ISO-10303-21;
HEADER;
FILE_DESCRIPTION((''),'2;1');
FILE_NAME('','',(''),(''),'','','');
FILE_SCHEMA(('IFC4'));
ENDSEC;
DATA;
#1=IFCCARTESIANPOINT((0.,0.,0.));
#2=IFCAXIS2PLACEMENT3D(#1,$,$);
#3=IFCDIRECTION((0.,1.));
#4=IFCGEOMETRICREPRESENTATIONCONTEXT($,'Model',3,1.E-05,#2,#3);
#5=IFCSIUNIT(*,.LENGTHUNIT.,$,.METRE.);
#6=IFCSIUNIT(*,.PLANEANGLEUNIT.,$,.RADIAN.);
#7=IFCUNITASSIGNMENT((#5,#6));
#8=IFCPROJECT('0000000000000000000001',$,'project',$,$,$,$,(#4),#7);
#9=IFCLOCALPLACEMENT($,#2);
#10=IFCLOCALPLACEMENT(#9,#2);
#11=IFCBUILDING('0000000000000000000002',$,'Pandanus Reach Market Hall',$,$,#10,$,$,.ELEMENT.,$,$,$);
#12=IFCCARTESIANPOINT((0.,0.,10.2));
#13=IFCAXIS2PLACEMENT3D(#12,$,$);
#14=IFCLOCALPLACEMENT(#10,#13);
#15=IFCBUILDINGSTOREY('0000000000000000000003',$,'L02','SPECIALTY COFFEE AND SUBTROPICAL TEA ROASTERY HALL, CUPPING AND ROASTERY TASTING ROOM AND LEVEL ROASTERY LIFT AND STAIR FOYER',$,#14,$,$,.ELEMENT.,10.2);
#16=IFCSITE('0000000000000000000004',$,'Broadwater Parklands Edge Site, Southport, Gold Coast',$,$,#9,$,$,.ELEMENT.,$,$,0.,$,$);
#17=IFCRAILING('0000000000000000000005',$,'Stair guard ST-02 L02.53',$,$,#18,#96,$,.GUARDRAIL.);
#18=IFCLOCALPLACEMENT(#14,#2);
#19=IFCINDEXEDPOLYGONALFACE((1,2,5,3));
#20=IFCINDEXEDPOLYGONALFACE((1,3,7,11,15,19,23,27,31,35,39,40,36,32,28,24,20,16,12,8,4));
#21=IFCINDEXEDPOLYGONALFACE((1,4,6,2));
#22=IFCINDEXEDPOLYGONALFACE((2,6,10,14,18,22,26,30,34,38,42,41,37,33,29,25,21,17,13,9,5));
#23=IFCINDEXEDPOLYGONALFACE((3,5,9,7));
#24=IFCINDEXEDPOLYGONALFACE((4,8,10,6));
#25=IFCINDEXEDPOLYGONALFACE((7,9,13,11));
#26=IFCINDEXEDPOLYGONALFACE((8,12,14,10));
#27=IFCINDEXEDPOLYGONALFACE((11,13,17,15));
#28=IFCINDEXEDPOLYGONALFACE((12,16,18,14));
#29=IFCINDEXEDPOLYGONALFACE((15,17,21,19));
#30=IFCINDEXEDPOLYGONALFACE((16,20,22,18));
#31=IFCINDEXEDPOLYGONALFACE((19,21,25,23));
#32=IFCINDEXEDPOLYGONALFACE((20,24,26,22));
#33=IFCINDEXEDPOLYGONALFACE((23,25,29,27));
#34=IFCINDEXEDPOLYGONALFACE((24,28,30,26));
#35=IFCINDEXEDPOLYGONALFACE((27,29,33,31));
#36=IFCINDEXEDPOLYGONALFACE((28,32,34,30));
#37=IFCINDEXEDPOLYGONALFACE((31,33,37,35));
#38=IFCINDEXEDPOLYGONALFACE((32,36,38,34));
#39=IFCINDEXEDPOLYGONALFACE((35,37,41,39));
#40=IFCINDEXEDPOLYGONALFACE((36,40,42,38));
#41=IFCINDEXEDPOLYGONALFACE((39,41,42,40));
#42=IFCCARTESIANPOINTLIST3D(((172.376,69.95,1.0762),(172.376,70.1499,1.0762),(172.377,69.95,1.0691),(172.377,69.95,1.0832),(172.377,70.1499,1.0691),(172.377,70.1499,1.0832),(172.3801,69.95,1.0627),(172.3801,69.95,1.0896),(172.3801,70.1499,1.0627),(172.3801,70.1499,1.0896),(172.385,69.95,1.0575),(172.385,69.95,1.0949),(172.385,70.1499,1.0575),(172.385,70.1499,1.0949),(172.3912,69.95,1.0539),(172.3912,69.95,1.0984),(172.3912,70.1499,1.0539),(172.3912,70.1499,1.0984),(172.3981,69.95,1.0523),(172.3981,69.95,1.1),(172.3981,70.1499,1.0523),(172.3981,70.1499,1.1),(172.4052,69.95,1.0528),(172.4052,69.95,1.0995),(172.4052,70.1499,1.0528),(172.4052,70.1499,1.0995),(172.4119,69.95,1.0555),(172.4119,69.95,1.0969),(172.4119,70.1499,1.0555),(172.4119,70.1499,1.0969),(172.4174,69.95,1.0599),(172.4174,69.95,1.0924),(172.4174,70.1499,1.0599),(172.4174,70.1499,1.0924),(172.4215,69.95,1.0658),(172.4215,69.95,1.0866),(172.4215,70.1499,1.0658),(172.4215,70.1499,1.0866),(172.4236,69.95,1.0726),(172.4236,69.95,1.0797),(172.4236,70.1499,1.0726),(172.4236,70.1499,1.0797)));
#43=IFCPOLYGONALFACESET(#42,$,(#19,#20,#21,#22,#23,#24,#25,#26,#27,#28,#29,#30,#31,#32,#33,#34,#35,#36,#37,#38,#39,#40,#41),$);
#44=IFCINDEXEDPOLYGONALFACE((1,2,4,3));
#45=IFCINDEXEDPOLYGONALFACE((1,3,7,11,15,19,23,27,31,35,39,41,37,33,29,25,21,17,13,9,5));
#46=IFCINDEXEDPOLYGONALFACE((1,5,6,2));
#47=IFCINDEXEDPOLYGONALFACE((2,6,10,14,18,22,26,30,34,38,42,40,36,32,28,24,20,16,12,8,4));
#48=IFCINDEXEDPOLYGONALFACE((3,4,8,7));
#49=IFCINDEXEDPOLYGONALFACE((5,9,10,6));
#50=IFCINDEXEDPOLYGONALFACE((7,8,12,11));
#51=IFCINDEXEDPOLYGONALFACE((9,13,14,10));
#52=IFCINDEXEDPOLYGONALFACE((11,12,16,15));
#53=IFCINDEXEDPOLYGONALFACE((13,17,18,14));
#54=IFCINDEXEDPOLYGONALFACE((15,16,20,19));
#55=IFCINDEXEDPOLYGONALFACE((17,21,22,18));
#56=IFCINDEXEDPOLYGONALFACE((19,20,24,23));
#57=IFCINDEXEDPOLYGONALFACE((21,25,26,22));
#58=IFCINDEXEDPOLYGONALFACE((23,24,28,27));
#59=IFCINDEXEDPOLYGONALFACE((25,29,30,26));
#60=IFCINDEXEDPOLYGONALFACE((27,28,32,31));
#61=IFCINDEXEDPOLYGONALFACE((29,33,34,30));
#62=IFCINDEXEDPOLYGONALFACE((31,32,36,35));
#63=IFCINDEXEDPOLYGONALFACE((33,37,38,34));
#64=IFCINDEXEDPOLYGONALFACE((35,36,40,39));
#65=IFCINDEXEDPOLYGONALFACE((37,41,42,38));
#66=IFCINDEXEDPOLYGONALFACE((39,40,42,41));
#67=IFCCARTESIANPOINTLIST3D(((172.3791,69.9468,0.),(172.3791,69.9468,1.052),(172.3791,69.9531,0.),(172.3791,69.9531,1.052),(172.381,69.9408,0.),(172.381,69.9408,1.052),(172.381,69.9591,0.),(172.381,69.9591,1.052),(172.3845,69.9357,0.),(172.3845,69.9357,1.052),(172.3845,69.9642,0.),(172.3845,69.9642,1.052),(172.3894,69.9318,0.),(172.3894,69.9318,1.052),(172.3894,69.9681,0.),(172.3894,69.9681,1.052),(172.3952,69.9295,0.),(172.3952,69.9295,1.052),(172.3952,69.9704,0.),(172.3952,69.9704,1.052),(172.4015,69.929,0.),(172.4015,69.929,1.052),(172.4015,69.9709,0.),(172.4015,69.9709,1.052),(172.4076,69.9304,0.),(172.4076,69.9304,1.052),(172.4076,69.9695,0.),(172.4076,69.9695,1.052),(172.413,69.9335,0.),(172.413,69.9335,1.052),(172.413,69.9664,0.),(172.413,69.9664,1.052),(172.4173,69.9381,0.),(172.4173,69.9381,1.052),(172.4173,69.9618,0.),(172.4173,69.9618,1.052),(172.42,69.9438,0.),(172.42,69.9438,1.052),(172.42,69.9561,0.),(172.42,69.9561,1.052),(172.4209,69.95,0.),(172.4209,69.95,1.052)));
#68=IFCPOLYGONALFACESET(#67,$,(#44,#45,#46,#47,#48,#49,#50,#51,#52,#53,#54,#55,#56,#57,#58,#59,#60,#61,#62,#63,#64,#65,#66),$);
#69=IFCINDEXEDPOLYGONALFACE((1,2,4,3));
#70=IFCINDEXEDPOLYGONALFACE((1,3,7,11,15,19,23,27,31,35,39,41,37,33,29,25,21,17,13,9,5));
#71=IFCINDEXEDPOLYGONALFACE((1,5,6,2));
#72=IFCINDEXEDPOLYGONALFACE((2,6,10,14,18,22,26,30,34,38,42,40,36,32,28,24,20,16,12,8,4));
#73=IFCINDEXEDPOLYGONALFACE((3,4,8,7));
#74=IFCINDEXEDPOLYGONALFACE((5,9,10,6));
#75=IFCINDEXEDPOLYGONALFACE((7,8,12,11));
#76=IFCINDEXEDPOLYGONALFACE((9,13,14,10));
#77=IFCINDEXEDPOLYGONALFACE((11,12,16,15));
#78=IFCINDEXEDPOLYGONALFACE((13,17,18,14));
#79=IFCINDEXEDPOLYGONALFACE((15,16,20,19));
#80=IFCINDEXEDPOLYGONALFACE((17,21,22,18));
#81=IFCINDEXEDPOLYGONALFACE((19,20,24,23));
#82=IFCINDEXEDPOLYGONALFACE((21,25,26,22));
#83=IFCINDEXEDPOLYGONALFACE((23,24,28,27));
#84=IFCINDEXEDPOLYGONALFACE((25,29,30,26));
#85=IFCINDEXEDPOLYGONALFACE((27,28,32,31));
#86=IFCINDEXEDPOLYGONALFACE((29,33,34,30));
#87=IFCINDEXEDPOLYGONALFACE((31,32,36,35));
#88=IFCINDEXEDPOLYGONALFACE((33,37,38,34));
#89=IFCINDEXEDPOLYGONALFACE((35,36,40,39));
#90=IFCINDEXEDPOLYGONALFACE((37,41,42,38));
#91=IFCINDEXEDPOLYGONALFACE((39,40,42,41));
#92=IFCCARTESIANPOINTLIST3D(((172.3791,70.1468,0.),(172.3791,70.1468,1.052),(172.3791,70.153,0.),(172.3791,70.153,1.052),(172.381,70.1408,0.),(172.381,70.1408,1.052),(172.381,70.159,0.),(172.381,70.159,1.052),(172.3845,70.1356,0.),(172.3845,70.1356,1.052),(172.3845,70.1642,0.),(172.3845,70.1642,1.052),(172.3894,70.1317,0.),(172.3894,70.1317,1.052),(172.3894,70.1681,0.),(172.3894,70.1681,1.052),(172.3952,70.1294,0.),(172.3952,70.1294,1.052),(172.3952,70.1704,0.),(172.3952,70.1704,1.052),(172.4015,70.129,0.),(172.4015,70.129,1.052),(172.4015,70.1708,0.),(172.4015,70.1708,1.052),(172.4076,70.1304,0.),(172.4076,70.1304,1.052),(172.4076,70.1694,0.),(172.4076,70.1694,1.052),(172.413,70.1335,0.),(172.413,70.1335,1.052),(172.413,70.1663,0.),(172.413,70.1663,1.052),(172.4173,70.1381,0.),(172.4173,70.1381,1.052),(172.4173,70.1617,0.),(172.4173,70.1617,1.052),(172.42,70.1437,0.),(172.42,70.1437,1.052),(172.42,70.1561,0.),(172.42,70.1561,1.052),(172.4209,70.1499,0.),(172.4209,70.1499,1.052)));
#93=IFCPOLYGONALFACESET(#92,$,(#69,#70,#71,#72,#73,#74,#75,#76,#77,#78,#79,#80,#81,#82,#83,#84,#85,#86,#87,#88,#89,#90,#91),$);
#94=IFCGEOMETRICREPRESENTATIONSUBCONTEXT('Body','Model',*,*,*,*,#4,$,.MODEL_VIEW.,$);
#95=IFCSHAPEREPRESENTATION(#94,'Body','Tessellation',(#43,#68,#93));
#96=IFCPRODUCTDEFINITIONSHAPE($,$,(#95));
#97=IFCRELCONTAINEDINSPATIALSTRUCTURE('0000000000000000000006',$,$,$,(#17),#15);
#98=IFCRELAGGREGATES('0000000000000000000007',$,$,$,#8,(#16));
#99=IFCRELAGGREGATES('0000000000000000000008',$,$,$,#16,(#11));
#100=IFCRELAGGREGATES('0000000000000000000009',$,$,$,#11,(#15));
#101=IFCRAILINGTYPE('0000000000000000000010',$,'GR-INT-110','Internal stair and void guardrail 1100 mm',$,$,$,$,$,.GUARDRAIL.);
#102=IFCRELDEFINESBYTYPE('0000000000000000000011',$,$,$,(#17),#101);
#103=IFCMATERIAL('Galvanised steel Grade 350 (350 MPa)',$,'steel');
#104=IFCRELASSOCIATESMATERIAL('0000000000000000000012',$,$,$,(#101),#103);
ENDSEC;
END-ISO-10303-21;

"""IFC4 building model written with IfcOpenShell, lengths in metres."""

from ifc_helpers import new_model, si_unit, direction, frame, origin, origin_2d, place, context, subcontext, project, spatial, circle, extrude, material, type_object, element, save


model = new_model("IFC4")

# Units and contexts
model_context = context("Model", 3, precision=1e-05, world=origin(), true_north=direction((0.0, 1.0)))
body_context = subcontext(model_context, "Body", "Model", "MODEL_VIEW")
ifc_project = project(units=[si_unit("LENGTHUNIT", "METRE"), si_unit("PLANEANGLEUNIT", "RADIAN")], contexts=[model_context])

# Site, building, storey
site_placement = place(None, origin())
site = spatial("IfcSite", under=ifc_project, at=site_placement, Name="Broadwater Parklands Edge Site, Southport, Gold Coast", CompositionType="ELEMENT", RefElevation=0.0)
building_placement = place(site_placement, origin())
building = spatial("IfcBuilding", under=site, at=building_placement, Name="Pandanus Reach Market Hall", CompositionType="ELEMENT")
storey_placement = place(building_placement, frame((0.0, 0.0, 10.2)))
storey = spatial("IfcBuildingStorey", under=building, at=storey_placement, Name="L02", Description="SPECIALTY COFFEE AND SUBTROPICAL TEA ROASTERY HALL, CUPPING AND ROASTERY TASTING ROOM AND LEVEL ROASTERY LIFT AND STAIR FOYER", CompositionType="ELEMENT", Elevation=10.2)

# Railing
ifc_material_1 = material(Name="Galvanised steel Grade 350 (350 MPa)", Category="steel")
railing_type_1 = type_object("IfcRailingType", Name="GR-INT-110", Description="Internal stair and void guardrail 1100 mm", PredefinedType="GUARDRAIL", material=ifc_material_1)
railing_1_placement = place(storey_placement, frame((172.3999, 69.95, 0.0)))
element("IfcRailing", 1, at=railing_1_placement, inside=storey, type_object=railing_type_1, Name="Stair guard ST-02 L02.53", PredefinedType="GUARDRAIL", context=body_context, shape_type="SweptSolid", body=[
    extrude(circle(Radius=0.0239, at=origin_2d()), frame((0.0, 0.0, 1.0762), z_axis=(0.0, 1.0, 0.0), x_axis=(-1.0, 0.0, 0.0)), (0.0, 0.0, 1.0), 0.2),
    extrude(circle(Radius=0.021, at=origin_2d()), origin(), (0.0, 0.0, 1.0), 1.052),
    extrude(circle(Radius=0.021, at=origin_2d()), frame((0.0, 0.2, 0.0)), (0.0, 0.0, 1.0), 1.052),
])

save(model, "model.ifc")
